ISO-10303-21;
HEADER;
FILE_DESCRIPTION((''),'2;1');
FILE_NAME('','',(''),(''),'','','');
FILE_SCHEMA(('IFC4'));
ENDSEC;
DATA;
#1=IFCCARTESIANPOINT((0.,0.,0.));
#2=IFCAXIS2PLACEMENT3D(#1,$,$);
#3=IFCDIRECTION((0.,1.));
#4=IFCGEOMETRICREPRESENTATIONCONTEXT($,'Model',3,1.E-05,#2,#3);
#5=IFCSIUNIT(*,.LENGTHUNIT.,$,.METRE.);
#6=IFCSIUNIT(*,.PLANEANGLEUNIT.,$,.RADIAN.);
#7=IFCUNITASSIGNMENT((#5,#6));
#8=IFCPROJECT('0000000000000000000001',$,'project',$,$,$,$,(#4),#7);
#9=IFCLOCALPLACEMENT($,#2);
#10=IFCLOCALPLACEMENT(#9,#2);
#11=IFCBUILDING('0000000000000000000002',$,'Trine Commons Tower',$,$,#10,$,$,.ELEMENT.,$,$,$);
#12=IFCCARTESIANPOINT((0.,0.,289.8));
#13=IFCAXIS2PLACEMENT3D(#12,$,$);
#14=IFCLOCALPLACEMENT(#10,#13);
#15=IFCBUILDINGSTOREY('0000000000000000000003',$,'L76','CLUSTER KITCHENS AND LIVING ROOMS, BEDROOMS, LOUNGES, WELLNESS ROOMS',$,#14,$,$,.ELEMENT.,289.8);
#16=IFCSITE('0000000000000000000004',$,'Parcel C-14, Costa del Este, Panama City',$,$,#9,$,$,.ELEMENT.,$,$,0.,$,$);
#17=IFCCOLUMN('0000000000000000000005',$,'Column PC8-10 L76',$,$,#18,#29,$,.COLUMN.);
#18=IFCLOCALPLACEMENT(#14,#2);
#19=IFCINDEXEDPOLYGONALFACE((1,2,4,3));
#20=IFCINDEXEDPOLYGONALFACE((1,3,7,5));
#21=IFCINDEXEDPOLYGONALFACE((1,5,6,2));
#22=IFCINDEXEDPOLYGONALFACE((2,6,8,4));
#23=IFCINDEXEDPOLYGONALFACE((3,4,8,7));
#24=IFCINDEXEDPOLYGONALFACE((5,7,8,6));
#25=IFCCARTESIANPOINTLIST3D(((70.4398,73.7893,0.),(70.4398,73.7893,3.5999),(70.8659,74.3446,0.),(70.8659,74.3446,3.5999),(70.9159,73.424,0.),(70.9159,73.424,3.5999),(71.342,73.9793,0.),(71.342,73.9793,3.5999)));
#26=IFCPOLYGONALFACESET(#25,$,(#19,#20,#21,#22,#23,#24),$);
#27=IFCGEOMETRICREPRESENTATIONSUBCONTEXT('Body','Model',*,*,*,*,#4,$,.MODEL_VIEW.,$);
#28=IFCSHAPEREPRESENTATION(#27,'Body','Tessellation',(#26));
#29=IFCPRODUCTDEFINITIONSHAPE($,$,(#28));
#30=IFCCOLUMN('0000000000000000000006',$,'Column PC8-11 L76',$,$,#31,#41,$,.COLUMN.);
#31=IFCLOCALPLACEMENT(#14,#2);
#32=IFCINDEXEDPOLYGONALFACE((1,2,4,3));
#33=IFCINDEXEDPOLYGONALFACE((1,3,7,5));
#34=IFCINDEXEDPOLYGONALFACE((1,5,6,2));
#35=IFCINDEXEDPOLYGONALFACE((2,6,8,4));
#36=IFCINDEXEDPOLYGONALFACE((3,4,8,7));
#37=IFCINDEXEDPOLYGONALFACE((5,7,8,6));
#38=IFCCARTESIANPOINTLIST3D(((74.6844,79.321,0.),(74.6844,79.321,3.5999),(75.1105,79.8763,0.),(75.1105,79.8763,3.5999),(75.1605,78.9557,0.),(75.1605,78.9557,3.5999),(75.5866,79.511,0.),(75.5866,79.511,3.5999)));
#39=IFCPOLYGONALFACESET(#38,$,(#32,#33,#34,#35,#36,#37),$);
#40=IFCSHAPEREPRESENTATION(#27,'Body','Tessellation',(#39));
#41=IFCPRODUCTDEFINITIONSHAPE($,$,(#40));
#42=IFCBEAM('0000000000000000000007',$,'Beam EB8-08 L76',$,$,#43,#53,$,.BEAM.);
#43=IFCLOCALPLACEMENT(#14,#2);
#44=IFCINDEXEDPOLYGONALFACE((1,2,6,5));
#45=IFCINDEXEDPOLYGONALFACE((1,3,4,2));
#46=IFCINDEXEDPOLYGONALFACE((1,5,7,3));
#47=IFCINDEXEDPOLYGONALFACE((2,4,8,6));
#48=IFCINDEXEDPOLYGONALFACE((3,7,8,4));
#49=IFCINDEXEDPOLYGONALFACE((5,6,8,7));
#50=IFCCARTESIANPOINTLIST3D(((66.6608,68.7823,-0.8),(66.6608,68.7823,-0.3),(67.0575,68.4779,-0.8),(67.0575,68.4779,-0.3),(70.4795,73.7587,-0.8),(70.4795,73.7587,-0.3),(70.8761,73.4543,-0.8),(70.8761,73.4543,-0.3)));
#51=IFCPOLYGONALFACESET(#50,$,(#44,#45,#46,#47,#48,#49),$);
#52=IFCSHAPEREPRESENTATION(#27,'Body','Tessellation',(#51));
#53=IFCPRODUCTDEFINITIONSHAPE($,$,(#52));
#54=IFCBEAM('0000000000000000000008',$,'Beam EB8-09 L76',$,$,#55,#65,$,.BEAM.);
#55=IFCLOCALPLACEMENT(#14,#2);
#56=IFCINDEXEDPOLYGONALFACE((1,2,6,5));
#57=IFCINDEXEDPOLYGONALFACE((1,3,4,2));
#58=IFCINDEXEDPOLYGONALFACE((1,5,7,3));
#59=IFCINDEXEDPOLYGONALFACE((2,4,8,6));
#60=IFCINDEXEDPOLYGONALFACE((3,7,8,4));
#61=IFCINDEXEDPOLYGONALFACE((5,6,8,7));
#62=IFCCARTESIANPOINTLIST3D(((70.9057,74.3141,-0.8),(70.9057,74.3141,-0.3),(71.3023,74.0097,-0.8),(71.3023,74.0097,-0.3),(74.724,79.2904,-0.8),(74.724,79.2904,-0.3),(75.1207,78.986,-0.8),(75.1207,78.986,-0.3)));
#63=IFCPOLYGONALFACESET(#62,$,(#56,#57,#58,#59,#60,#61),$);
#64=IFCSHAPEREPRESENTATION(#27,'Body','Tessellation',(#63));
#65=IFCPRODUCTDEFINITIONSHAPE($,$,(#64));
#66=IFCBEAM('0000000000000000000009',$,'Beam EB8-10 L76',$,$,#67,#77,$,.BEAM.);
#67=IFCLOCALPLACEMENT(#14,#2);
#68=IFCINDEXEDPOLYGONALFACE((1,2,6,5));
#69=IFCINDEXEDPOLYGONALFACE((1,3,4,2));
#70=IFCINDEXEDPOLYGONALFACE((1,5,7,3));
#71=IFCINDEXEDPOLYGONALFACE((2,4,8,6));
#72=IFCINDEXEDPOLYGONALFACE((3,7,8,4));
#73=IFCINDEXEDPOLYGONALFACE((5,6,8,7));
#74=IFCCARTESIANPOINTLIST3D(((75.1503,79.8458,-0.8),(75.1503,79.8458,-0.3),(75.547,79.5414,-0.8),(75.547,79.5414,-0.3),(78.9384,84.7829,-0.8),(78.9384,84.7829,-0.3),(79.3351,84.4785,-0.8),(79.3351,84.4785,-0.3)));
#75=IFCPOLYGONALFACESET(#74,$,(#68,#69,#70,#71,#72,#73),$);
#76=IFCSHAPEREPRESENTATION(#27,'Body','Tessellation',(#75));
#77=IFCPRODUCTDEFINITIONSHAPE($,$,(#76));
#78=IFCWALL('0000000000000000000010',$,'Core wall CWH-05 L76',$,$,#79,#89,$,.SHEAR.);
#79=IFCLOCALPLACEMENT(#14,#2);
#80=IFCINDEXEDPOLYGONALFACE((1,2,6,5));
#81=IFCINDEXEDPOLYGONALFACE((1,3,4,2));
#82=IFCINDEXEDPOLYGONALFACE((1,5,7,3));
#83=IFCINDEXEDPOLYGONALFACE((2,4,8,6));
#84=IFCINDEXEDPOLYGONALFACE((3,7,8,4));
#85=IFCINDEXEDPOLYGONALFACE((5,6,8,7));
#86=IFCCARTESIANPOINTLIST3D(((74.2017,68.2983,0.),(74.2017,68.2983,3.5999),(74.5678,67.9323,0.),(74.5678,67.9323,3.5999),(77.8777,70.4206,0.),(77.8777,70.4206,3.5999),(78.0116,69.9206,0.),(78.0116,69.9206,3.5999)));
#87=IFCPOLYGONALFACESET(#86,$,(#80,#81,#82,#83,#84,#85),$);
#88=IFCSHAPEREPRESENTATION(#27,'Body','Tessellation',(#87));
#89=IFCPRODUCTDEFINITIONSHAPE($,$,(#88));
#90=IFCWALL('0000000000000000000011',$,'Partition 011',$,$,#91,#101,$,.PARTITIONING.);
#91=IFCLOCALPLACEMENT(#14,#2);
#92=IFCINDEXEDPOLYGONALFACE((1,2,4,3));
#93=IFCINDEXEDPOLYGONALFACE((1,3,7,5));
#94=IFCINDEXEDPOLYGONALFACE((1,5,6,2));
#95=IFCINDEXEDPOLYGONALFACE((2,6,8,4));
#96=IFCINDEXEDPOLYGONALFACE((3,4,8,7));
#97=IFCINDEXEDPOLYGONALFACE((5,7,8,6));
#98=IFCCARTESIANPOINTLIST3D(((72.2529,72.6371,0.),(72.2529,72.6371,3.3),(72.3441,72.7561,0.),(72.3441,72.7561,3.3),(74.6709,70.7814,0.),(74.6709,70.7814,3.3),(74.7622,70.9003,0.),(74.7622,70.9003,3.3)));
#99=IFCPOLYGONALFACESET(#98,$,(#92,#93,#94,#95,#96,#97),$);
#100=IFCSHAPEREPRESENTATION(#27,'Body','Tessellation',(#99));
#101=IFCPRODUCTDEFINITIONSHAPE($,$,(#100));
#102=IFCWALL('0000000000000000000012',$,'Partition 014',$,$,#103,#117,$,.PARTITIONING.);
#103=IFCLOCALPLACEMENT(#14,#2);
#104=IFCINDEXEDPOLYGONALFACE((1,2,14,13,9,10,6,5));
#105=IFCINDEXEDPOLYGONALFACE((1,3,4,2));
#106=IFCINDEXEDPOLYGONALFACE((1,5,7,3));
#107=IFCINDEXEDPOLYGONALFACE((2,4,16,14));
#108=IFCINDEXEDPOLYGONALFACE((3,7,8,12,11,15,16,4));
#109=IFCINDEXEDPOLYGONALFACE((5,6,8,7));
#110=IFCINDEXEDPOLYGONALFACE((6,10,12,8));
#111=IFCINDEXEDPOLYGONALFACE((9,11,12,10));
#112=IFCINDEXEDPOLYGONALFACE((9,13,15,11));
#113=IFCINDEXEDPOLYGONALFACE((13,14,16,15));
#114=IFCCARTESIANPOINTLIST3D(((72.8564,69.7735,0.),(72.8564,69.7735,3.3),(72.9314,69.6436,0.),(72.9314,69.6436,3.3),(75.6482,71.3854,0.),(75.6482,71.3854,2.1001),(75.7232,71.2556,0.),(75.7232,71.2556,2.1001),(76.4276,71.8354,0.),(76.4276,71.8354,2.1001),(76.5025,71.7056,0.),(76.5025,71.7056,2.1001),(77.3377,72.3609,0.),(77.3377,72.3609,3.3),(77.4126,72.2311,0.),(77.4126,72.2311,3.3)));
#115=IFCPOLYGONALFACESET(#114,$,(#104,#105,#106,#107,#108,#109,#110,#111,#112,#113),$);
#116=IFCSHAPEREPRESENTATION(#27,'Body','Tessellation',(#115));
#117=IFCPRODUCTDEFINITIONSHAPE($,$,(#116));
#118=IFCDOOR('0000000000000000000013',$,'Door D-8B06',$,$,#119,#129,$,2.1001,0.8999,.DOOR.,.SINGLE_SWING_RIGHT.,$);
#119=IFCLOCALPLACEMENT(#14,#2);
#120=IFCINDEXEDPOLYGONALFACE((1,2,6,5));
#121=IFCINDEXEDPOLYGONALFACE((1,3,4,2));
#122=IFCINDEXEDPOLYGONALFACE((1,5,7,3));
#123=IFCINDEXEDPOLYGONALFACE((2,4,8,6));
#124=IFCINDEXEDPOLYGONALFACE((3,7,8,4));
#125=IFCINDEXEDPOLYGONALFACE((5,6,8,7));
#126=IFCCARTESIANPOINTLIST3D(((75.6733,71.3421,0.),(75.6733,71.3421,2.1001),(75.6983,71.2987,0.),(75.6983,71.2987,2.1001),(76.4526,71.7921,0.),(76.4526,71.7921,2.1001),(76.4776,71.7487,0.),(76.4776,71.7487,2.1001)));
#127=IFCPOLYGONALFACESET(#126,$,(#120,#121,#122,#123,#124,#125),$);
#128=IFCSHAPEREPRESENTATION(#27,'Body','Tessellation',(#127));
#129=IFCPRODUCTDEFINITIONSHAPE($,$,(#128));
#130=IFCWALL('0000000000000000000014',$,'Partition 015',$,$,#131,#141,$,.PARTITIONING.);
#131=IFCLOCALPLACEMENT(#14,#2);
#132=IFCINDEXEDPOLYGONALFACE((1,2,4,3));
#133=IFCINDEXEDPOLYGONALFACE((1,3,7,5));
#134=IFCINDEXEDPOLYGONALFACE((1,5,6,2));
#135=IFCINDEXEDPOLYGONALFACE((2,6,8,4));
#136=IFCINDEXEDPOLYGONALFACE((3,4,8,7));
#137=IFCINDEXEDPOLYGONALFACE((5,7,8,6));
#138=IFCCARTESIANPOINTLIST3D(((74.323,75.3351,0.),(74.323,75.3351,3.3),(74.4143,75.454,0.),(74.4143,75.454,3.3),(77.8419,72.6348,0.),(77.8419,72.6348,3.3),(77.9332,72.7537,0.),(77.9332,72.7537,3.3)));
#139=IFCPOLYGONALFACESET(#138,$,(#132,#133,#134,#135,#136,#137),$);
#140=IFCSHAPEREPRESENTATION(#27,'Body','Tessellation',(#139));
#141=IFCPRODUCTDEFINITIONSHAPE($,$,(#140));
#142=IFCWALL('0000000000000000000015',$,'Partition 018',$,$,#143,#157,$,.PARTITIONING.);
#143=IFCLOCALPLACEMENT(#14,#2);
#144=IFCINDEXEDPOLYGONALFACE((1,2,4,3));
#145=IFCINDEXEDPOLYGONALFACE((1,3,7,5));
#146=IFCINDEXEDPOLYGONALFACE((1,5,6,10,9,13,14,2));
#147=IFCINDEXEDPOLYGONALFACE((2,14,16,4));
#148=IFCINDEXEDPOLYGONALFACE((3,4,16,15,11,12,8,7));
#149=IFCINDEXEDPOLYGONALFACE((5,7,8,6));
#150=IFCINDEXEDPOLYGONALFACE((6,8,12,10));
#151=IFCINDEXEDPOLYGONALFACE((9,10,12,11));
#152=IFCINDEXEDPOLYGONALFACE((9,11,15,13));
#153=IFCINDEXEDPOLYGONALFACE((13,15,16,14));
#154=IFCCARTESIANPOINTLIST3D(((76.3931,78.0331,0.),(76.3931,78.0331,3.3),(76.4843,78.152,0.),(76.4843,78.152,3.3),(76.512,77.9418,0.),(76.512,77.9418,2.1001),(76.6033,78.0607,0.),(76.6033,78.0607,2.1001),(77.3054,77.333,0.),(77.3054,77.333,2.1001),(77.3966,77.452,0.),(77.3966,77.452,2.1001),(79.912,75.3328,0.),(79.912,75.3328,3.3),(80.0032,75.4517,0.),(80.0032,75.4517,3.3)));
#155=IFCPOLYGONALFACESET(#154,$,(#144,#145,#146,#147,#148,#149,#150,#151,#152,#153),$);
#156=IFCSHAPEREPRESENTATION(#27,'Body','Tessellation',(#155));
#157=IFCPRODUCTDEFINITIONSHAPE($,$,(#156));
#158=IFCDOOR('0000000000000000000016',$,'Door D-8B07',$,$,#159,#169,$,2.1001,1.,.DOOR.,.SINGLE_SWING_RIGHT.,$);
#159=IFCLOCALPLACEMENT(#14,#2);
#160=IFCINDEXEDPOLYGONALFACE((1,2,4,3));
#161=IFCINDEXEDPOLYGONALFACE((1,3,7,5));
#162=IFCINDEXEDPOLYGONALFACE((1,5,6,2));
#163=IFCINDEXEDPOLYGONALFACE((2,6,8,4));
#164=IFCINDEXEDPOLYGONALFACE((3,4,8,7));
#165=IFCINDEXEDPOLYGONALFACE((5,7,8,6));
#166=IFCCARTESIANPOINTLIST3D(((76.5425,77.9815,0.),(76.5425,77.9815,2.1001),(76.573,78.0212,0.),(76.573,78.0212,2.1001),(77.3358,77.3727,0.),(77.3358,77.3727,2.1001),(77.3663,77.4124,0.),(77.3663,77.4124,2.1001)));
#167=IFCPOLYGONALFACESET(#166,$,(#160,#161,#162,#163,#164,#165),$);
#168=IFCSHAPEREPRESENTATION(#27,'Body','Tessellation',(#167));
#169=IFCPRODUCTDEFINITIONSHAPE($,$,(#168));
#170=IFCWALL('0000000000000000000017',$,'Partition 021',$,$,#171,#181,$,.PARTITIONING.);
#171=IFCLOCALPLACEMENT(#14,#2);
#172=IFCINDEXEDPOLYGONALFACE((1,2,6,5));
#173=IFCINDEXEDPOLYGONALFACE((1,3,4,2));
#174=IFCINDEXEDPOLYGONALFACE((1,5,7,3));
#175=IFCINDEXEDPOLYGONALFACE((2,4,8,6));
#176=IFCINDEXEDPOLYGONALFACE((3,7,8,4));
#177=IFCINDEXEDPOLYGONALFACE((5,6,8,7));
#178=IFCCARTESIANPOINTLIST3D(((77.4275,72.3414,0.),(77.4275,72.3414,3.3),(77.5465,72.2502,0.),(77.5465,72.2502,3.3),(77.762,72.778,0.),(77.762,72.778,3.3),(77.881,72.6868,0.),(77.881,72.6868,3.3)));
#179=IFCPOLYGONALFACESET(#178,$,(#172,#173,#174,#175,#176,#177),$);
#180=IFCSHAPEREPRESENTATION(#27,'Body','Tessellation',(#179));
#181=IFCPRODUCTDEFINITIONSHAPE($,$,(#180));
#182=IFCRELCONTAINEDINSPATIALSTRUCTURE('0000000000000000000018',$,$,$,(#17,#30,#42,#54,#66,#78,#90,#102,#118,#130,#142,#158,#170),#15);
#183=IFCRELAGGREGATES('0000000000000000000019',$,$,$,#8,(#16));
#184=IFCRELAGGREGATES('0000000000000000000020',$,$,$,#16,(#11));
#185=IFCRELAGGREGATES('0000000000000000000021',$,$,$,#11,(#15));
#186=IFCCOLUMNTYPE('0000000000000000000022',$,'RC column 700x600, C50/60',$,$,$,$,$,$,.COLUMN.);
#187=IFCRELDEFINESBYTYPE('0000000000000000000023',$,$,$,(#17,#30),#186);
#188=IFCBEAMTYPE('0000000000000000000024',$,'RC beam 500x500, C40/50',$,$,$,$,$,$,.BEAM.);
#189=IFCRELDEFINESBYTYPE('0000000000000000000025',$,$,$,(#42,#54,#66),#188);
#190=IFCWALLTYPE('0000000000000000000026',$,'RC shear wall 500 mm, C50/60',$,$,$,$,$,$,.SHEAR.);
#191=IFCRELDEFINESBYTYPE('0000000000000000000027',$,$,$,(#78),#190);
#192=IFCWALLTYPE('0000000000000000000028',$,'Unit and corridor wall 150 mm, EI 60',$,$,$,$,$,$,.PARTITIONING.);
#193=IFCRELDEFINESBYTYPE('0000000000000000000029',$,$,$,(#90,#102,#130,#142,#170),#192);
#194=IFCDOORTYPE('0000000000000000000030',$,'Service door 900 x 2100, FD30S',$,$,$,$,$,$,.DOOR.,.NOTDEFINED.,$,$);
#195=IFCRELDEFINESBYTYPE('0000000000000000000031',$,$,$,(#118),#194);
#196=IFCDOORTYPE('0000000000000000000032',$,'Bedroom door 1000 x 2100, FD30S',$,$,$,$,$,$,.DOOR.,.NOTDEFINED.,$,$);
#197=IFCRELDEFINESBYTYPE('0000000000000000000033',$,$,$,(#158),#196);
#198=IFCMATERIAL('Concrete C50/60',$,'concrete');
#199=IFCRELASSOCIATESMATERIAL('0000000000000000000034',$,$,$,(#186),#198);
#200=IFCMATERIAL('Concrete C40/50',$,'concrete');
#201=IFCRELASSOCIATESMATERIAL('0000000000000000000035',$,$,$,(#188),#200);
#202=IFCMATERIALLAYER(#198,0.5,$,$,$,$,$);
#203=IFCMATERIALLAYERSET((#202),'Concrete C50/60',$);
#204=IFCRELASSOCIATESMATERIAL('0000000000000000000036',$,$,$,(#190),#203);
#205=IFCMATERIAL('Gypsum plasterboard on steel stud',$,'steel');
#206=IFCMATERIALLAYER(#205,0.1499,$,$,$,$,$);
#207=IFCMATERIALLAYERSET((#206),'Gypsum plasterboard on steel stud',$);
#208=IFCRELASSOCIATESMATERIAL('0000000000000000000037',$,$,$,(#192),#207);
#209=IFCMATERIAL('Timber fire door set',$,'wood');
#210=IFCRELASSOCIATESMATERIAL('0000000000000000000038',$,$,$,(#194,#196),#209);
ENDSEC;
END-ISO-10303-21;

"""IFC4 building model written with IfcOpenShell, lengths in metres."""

from ifc_helpers import new_model, si_unit, direction, frame, frame_2d, origin, origin_2d, place, context, subcontext, project, spatial, polyline, rectangle, outline, extrude, material, layer, layer_set, material_profile, profile_set, type_object, element, fill, save


model = new_model("IFC4")

# Units and contexts
model_context = context("Model", 3, precision=1e-05, world=origin(), true_north=direction((0.0, 1.0)))
body_context = subcontext(model_context, "Body", "Model", "MODEL_VIEW")
ifc_project = project(units=[si_unit("LENGTHUNIT", "METRE"), si_unit("PLANEANGLEUNIT", "RADIAN")], contexts=[model_context])

# Site, building, storey
site_placement = place(None, origin())
site = spatial("IfcSite", under=ifc_project, at=site_placement, Name="Parcel C-14, Costa del Este, Panama City", CompositionType="ELEMENT", RefElevation=0.0)
building_placement = place(site_placement, origin())
building = spatial("IfcBuilding", under=site, at=building_placement, Name="Trine Commons Tower", CompositionType="ELEMENT")
storey_placement = place(building_placement, frame((0.0, 0.0, 289.8)))
storey = spatial("IfcBuildingStorey", under=building, at=storey_placement, Name="L76", Description="CLUSTER KITCHENS AND LIVING ROOMS, BEDROOMS, LOUNGES, WELLNESS ROOMS", CompositionType="ELEMENT", Elevation=289.8)

# Columns
ifc_material_1 = material(Name="Concrete C50/60", Category="concrete")
ifc_material_profile_1 = material_profile(ifc_material_1, rectangle(XDim=0.7, YDim=0.6001, at=origin_2d()), Name="RC 700x600")
ifc_profile_set_1 = profile_set([ifc_material_profile_1], Name="Concrete C50/60")
column_type = type_object("IfcColumnType", Name="RC column 700x600, C50/60", PredefinedType="COLUMN", material=ifc_profile_set_1)
for number, where, z_axis, x_axis, name in (
    (1, (70.8909, 73.8843, 0.0), (0.0, 0.0, 1.0), (0.608761, 0.793353, 0.0), "Column PC8-10 L76"),
    (2, (75.1355, 79.416, 0.0), (0.0, 0.0, 1.0), (0.608761, 0.793353, 0.0), "Column PC8-11 L76"),
):
    element("IfcColumn", number, at=place(storey_placement, frame(where, z_axis=z_axis, x_axis=x_axis)), inside=storey, type_object=column_type, Name=name, PredefinedType="COLUMN", context=body_context, shape_type="SweptSolid", body=[
        extrude(rectangle(XDim=0.7, YDim=0.6001, at=origin_2d()), origin(), (0.0, 0.0, 1.0), 3.5999),
    ])

# Beams
ifc_material_2 = material(Name="Concrete C40/50", Category="concrete")
ifc_material_profile_2 = material_profile(ifc_material_2, rectangle(XDim=0.5, YDim=0.5, at=origin_2d()), Name="RC 500x500")
ifc_profile_set_2 = profile_set([ifc_material_profile_2], Name="Concrete C40/50")
beam_type = type_object("IfcBeamType", Name="RC beam 500x500, C40/50", PredefinedType="BEAM", material=ifc_profile_set_2)
beam_1_placement = place(storey_placement, frame((66.8591, 68.6301, -0.55), z_axis=(0.608775, 0.793343, 0.0), x_axis=(-0.793343, 0.608775, 0.0)))
element("IfcBeam", 3, at=beam_1_placement, inside=storey, type_object=beam_type, Name="Beam EB8-08 L76", PredefinedType="BEAM", context=body_context, shape_type="SweptSolid", body=[
    extrude(rectangle(XDim=0.5, YDim=0.5, at=origin_2d()), origin(), (0.0, 0.0, 1.0), 6.2727),
])
beam_2_placement = place(storey_placement, frame((71.104, 74.1619, -0.55), z_axis=(0.608751, 0.793361, 0.0), x_axis=(-0.793361, 0.608751, 0.0)))
element("IfcBeam", 4, at=beam_2_placement, inside=storey, type_object=beam_type, Name="Beam EB8-09 L76", PredefinedType="BEAM", context=body_context, shape_type="SweptSolid", body=[
    extrude(rectangle(XDim=0.5, YDim=0.5, at=origin_2d()), origin(), (0.0, 0.0, 1.0), 6.2725),
])
beam_3_placement = place(storey_placement, frame((75.3486, 79.6936, -0.55), z_axis=(0.60874, 0.79337, 0.0), x_axis=(-0.79337, 0.60874, 0.0)))
element("IfcBeam", 5, at=beam_3_placement, inside=storey, type_object=beam_type, Name="Beam EB8-10 L76", PredefinedType="BEAM", context=body_context, shape_type="SweptSolid", body=[
    extrude(rectangle(XDim=0.5, YDim=0.5, at=origin_2d()), origin(), (0.0, 0.0, 1.0), 6.2229),
])

# Walls
ifc_layer_1 = layer(ifc_material_1, 0.5)
ifc_layer_set_1 = layer_set([ifc_layer_1], Name="Concrete C50/60")
wall_type_1 = type_object("IfcWallType", Name="RC shear wall 500 mm, C50/60", PredefinedType="SHEAR", material=ifc_layer_set_1)
wall_1_placement = place(storey_placement, frame((78.0027, 70.2041, 0.0), z_axis=(0.0, 0.0, 1.0), x_axis=(-0.866029, -0.499993, 0.0)))
element("IfcWall", 6, at=wall_1_placement, inside=storey, type_object=wall_type_1, Name="Core wall CWH-05 L76", PredefinedType="SHEAR", context=body_context, shape_type="SweptSolid", body=[
    extrude(outline(polyline([(0.0, -0.25), (4.2446, -0.25), (4.1106, 0.25), (0.134, 0.25), (0.0, -0.25)])), origin(), (0.0, 0.0, 1.0), 3.5999),
])
ifc_material_3 = material(Name="Gypsum plasterboard on steel stud", Category="steel")
ifc_layer_2 = layer(ifc_material_3, 0.1499)
ifc_layer_set_2 = layer_set([ifc_layer_2], Name="Gypsum plasterboard on steel stud")
wall_type_2 = type_object("IfcWallType", Name="Unit and corridor wall 150 mm, EI 60", PredefinedType="PARTITIONING", material=ifc_layer_set_2)
wall_2_placement = place(storey_placement, frame((72.2986, 72.6965, 0.0), z_axis=(0.0, 0.0, 1.0), x_axis=(0.793299, -0.608832, 0.0)))
element("IfcWall", 7, at=wall_2_placement, inside=storey, type_object=wall_type_2, Name="Partition 011", PredefinedType="PARTITIONING", context=body_context, shape_type="SweptSolid", body=[
    extrude(rectangle(XDim=3.0481, YDim=0.1499, at=frame_2d((1.5239, 0.0))), origin(), (0.0, 0.0, 1.0), 3.3),
])

# Wall, opening, door
wall_3_placement = place(storey_placement, frame((72.8938, 69.7085, 0.0), z_axis=(0.0, 0.0, 1.0), x_axis=(0.86601, 0.500026, 0.0)))
wall_3 = element("IfcWall", 8, at=wall_3_placement, inside=storey, type_object=wall_type_2, Name="Partition 014", PredefinedType="PARTITIONING", context=body_context, shape_type="SweptSolid", body=[
    extrude(rectangle(XDim=5.1746, YDim=0.1499, at=frame_2d((2.5874, 0.0))), origin(), (0.0, 0.0, 1.0), 3.3),
])
opening_1_placement = place(wall_3_placement, frame((3.2239, 0.0, 0.0)))
opening_1 = element("IfcOpeningElement", 9, at=opening_1_placement, cuts=wall_3, PredefinedType="OPENING", context=body_context, shape_type="SweptSolid", body=[
    extrude(rectangle(XDim=0.8999, YDim=2.1001, at=frame_2d((0.45, 1.05))), frame((0.0, 0.085, 0.0), z_axis=(0.0, -1.0, 0.0), x_axis=(1.0, 0.0, 0.0)), (0.0, 0.0, 1.0), 0.1699),
])
ifc_material_4 = material(Name="Timber fire door set", Category="wood")
door_type_1 = type_object("IfcDoorType", Name="Service door 900 x 2100, FD30S", OperationType="NOTDEFINED", PredefinedType="DOOR", material=ifc_material_4)
door_1_placement = place(opening_1_placement, origin())
door_1 = element("IfcDoor", 10, at=door_1_placement, inside=storey, type_object=door_type_1, Name="Door D-8B06", OperationType="SINGLE_SWING_RIGHT", OverallHeight=2.1001, OverallWidth=0.8999, PredefinedType="DOOR", context=body_context, shape_type="SweptSolid", body=[
    extrude(rectangle(XDim=0.8999, YDim=2.1001, at=frame_2d((0.45, 1.05))), frame((0.0, 0.0249, 0.0), z_axis=(0.0, -1.0, 0.0), x_axis=(1.0, 0.0, 0.0)), (0.0, 0.0, 1.0), 0.05),
])
fill(opening_1, door_1)

# Wall
wall_4_placement = place(storey_placement, frame((74.3687, 75.3945, 0.0), z_axis=(0.0, 0.0, 1.0), x_axis=(0.79334, -0.608779, 0.0)))
element("IfcWall", 11, at=wall_4_placement, inside=storey, type_object=wall_type_2, Name="Partition 015", PredefinedType="PARTITIONING", context=body_context, shape_type="SweptSolid", body=[
    extrude(rectangle(XDim=4.4355, YDim=0.1499, at=frame_2d((2.2178, 0.0))), origin(), (0.0, 0.0, 1.0), 3.3),
])

# Wall, opening, door
wall_5_placement = place(storey_placement, frame((76.4387, 78.0925, 0.0), z_axis=(0.0, 0.0, 1.0), x_axis=(0.79334, -0.608779, 0.0)))
wall_5 = element("IfcWall", 12, at=wall_5_placement, inside=storey, type_object=wall_type_2, Name="Partition 018", PredefinedType="PARTITIONING", context=body_context, shape_type="SweptSolid", body=[
    extrude(rectangle(XDim=4.4355, YDim=0.1499, at=frame_2d((2.2178, 0.0))), origin(), (0.0, 0.0, 1.0), 3.3),
])
opening_2_placement = place(wall_5_placement, frame((0.1499, 0.0, 0.0)))
opening_2 = element("IfcOpeningElement", 13, at=opening_2_placement, cuts=wall_5, PredefinedType="OPENING", context=body_context, shape_type="SweptSolid", body=[
    extrude(rectangle(XDim=1.0, YDim=2.1001, at=frame_2d((0.5, 1.05))), frame((0.0, 0.085, 0.0), z_axis=(0.0, -1.0, 0.0), x_axis=(1.0, 0.0, 0.0)), (0.0, 0.0, 1.0), 0.1699),
])
door_type_2 = type_object("IfcDoorType", Name="Bedroom door 1000 x 2100, FD30S", OperationType="NOTDEFINED", PredefinedType="DOOR", material=ifc_material_4)
door_2_placement = place(opening_2_placement, frame((1.0, 0.0, 0.0), z_axis=(0.0, 0.0, 1.0), x_axis=(-1.0, 0.0, 0.0)))
door_2 = element("IfcDoor", 14, at=door_2_placement, inside=storey, type_object=door_type_2, Name="Door D-8B07", OperationType="SINGLE_SWING_RIGHT", OverallHeight=2.1001, OverallWidth=1.0, PredefinedType="DOOR", context=body_context, shape_type="SweptSolid", body=[
    extrude(rectangle(XDim=1.0, YDim=2.1001, at=frame_2d((0.5, 1.05))), frame((0.0, 0.0249, 0.0), z_axis=(0.0, -1.0, 0.0), x_axis=(1.0, 0.0, 0.0)), (0.0, 0.0, 1.0), 0.05),
])
fill(opening_2, door_2)

# Wall
wall_6_placement = place(storey_placement, frame((77.4871, 72.2959, 0.0), z_axis=(0.0, 0.0, 1.0), x_axis=(0.608208, 0.793778, 0.0)))
element("IfcWall", 15, at=wall_6_placement, inside=storey, type_object=wall_type_2, Name="Partition 021", PredefinedType="PARTITIONING", context=body_context, shape_type="SweptSolid", body=[
    extrude(rectangle(XDim=0.55, YDim=0.1499, at=frame_2d((0.2749, 0.0))), origin(), (0.0, 0.0, 1.0), 3.3),
])

save(model, "model.ifc")
